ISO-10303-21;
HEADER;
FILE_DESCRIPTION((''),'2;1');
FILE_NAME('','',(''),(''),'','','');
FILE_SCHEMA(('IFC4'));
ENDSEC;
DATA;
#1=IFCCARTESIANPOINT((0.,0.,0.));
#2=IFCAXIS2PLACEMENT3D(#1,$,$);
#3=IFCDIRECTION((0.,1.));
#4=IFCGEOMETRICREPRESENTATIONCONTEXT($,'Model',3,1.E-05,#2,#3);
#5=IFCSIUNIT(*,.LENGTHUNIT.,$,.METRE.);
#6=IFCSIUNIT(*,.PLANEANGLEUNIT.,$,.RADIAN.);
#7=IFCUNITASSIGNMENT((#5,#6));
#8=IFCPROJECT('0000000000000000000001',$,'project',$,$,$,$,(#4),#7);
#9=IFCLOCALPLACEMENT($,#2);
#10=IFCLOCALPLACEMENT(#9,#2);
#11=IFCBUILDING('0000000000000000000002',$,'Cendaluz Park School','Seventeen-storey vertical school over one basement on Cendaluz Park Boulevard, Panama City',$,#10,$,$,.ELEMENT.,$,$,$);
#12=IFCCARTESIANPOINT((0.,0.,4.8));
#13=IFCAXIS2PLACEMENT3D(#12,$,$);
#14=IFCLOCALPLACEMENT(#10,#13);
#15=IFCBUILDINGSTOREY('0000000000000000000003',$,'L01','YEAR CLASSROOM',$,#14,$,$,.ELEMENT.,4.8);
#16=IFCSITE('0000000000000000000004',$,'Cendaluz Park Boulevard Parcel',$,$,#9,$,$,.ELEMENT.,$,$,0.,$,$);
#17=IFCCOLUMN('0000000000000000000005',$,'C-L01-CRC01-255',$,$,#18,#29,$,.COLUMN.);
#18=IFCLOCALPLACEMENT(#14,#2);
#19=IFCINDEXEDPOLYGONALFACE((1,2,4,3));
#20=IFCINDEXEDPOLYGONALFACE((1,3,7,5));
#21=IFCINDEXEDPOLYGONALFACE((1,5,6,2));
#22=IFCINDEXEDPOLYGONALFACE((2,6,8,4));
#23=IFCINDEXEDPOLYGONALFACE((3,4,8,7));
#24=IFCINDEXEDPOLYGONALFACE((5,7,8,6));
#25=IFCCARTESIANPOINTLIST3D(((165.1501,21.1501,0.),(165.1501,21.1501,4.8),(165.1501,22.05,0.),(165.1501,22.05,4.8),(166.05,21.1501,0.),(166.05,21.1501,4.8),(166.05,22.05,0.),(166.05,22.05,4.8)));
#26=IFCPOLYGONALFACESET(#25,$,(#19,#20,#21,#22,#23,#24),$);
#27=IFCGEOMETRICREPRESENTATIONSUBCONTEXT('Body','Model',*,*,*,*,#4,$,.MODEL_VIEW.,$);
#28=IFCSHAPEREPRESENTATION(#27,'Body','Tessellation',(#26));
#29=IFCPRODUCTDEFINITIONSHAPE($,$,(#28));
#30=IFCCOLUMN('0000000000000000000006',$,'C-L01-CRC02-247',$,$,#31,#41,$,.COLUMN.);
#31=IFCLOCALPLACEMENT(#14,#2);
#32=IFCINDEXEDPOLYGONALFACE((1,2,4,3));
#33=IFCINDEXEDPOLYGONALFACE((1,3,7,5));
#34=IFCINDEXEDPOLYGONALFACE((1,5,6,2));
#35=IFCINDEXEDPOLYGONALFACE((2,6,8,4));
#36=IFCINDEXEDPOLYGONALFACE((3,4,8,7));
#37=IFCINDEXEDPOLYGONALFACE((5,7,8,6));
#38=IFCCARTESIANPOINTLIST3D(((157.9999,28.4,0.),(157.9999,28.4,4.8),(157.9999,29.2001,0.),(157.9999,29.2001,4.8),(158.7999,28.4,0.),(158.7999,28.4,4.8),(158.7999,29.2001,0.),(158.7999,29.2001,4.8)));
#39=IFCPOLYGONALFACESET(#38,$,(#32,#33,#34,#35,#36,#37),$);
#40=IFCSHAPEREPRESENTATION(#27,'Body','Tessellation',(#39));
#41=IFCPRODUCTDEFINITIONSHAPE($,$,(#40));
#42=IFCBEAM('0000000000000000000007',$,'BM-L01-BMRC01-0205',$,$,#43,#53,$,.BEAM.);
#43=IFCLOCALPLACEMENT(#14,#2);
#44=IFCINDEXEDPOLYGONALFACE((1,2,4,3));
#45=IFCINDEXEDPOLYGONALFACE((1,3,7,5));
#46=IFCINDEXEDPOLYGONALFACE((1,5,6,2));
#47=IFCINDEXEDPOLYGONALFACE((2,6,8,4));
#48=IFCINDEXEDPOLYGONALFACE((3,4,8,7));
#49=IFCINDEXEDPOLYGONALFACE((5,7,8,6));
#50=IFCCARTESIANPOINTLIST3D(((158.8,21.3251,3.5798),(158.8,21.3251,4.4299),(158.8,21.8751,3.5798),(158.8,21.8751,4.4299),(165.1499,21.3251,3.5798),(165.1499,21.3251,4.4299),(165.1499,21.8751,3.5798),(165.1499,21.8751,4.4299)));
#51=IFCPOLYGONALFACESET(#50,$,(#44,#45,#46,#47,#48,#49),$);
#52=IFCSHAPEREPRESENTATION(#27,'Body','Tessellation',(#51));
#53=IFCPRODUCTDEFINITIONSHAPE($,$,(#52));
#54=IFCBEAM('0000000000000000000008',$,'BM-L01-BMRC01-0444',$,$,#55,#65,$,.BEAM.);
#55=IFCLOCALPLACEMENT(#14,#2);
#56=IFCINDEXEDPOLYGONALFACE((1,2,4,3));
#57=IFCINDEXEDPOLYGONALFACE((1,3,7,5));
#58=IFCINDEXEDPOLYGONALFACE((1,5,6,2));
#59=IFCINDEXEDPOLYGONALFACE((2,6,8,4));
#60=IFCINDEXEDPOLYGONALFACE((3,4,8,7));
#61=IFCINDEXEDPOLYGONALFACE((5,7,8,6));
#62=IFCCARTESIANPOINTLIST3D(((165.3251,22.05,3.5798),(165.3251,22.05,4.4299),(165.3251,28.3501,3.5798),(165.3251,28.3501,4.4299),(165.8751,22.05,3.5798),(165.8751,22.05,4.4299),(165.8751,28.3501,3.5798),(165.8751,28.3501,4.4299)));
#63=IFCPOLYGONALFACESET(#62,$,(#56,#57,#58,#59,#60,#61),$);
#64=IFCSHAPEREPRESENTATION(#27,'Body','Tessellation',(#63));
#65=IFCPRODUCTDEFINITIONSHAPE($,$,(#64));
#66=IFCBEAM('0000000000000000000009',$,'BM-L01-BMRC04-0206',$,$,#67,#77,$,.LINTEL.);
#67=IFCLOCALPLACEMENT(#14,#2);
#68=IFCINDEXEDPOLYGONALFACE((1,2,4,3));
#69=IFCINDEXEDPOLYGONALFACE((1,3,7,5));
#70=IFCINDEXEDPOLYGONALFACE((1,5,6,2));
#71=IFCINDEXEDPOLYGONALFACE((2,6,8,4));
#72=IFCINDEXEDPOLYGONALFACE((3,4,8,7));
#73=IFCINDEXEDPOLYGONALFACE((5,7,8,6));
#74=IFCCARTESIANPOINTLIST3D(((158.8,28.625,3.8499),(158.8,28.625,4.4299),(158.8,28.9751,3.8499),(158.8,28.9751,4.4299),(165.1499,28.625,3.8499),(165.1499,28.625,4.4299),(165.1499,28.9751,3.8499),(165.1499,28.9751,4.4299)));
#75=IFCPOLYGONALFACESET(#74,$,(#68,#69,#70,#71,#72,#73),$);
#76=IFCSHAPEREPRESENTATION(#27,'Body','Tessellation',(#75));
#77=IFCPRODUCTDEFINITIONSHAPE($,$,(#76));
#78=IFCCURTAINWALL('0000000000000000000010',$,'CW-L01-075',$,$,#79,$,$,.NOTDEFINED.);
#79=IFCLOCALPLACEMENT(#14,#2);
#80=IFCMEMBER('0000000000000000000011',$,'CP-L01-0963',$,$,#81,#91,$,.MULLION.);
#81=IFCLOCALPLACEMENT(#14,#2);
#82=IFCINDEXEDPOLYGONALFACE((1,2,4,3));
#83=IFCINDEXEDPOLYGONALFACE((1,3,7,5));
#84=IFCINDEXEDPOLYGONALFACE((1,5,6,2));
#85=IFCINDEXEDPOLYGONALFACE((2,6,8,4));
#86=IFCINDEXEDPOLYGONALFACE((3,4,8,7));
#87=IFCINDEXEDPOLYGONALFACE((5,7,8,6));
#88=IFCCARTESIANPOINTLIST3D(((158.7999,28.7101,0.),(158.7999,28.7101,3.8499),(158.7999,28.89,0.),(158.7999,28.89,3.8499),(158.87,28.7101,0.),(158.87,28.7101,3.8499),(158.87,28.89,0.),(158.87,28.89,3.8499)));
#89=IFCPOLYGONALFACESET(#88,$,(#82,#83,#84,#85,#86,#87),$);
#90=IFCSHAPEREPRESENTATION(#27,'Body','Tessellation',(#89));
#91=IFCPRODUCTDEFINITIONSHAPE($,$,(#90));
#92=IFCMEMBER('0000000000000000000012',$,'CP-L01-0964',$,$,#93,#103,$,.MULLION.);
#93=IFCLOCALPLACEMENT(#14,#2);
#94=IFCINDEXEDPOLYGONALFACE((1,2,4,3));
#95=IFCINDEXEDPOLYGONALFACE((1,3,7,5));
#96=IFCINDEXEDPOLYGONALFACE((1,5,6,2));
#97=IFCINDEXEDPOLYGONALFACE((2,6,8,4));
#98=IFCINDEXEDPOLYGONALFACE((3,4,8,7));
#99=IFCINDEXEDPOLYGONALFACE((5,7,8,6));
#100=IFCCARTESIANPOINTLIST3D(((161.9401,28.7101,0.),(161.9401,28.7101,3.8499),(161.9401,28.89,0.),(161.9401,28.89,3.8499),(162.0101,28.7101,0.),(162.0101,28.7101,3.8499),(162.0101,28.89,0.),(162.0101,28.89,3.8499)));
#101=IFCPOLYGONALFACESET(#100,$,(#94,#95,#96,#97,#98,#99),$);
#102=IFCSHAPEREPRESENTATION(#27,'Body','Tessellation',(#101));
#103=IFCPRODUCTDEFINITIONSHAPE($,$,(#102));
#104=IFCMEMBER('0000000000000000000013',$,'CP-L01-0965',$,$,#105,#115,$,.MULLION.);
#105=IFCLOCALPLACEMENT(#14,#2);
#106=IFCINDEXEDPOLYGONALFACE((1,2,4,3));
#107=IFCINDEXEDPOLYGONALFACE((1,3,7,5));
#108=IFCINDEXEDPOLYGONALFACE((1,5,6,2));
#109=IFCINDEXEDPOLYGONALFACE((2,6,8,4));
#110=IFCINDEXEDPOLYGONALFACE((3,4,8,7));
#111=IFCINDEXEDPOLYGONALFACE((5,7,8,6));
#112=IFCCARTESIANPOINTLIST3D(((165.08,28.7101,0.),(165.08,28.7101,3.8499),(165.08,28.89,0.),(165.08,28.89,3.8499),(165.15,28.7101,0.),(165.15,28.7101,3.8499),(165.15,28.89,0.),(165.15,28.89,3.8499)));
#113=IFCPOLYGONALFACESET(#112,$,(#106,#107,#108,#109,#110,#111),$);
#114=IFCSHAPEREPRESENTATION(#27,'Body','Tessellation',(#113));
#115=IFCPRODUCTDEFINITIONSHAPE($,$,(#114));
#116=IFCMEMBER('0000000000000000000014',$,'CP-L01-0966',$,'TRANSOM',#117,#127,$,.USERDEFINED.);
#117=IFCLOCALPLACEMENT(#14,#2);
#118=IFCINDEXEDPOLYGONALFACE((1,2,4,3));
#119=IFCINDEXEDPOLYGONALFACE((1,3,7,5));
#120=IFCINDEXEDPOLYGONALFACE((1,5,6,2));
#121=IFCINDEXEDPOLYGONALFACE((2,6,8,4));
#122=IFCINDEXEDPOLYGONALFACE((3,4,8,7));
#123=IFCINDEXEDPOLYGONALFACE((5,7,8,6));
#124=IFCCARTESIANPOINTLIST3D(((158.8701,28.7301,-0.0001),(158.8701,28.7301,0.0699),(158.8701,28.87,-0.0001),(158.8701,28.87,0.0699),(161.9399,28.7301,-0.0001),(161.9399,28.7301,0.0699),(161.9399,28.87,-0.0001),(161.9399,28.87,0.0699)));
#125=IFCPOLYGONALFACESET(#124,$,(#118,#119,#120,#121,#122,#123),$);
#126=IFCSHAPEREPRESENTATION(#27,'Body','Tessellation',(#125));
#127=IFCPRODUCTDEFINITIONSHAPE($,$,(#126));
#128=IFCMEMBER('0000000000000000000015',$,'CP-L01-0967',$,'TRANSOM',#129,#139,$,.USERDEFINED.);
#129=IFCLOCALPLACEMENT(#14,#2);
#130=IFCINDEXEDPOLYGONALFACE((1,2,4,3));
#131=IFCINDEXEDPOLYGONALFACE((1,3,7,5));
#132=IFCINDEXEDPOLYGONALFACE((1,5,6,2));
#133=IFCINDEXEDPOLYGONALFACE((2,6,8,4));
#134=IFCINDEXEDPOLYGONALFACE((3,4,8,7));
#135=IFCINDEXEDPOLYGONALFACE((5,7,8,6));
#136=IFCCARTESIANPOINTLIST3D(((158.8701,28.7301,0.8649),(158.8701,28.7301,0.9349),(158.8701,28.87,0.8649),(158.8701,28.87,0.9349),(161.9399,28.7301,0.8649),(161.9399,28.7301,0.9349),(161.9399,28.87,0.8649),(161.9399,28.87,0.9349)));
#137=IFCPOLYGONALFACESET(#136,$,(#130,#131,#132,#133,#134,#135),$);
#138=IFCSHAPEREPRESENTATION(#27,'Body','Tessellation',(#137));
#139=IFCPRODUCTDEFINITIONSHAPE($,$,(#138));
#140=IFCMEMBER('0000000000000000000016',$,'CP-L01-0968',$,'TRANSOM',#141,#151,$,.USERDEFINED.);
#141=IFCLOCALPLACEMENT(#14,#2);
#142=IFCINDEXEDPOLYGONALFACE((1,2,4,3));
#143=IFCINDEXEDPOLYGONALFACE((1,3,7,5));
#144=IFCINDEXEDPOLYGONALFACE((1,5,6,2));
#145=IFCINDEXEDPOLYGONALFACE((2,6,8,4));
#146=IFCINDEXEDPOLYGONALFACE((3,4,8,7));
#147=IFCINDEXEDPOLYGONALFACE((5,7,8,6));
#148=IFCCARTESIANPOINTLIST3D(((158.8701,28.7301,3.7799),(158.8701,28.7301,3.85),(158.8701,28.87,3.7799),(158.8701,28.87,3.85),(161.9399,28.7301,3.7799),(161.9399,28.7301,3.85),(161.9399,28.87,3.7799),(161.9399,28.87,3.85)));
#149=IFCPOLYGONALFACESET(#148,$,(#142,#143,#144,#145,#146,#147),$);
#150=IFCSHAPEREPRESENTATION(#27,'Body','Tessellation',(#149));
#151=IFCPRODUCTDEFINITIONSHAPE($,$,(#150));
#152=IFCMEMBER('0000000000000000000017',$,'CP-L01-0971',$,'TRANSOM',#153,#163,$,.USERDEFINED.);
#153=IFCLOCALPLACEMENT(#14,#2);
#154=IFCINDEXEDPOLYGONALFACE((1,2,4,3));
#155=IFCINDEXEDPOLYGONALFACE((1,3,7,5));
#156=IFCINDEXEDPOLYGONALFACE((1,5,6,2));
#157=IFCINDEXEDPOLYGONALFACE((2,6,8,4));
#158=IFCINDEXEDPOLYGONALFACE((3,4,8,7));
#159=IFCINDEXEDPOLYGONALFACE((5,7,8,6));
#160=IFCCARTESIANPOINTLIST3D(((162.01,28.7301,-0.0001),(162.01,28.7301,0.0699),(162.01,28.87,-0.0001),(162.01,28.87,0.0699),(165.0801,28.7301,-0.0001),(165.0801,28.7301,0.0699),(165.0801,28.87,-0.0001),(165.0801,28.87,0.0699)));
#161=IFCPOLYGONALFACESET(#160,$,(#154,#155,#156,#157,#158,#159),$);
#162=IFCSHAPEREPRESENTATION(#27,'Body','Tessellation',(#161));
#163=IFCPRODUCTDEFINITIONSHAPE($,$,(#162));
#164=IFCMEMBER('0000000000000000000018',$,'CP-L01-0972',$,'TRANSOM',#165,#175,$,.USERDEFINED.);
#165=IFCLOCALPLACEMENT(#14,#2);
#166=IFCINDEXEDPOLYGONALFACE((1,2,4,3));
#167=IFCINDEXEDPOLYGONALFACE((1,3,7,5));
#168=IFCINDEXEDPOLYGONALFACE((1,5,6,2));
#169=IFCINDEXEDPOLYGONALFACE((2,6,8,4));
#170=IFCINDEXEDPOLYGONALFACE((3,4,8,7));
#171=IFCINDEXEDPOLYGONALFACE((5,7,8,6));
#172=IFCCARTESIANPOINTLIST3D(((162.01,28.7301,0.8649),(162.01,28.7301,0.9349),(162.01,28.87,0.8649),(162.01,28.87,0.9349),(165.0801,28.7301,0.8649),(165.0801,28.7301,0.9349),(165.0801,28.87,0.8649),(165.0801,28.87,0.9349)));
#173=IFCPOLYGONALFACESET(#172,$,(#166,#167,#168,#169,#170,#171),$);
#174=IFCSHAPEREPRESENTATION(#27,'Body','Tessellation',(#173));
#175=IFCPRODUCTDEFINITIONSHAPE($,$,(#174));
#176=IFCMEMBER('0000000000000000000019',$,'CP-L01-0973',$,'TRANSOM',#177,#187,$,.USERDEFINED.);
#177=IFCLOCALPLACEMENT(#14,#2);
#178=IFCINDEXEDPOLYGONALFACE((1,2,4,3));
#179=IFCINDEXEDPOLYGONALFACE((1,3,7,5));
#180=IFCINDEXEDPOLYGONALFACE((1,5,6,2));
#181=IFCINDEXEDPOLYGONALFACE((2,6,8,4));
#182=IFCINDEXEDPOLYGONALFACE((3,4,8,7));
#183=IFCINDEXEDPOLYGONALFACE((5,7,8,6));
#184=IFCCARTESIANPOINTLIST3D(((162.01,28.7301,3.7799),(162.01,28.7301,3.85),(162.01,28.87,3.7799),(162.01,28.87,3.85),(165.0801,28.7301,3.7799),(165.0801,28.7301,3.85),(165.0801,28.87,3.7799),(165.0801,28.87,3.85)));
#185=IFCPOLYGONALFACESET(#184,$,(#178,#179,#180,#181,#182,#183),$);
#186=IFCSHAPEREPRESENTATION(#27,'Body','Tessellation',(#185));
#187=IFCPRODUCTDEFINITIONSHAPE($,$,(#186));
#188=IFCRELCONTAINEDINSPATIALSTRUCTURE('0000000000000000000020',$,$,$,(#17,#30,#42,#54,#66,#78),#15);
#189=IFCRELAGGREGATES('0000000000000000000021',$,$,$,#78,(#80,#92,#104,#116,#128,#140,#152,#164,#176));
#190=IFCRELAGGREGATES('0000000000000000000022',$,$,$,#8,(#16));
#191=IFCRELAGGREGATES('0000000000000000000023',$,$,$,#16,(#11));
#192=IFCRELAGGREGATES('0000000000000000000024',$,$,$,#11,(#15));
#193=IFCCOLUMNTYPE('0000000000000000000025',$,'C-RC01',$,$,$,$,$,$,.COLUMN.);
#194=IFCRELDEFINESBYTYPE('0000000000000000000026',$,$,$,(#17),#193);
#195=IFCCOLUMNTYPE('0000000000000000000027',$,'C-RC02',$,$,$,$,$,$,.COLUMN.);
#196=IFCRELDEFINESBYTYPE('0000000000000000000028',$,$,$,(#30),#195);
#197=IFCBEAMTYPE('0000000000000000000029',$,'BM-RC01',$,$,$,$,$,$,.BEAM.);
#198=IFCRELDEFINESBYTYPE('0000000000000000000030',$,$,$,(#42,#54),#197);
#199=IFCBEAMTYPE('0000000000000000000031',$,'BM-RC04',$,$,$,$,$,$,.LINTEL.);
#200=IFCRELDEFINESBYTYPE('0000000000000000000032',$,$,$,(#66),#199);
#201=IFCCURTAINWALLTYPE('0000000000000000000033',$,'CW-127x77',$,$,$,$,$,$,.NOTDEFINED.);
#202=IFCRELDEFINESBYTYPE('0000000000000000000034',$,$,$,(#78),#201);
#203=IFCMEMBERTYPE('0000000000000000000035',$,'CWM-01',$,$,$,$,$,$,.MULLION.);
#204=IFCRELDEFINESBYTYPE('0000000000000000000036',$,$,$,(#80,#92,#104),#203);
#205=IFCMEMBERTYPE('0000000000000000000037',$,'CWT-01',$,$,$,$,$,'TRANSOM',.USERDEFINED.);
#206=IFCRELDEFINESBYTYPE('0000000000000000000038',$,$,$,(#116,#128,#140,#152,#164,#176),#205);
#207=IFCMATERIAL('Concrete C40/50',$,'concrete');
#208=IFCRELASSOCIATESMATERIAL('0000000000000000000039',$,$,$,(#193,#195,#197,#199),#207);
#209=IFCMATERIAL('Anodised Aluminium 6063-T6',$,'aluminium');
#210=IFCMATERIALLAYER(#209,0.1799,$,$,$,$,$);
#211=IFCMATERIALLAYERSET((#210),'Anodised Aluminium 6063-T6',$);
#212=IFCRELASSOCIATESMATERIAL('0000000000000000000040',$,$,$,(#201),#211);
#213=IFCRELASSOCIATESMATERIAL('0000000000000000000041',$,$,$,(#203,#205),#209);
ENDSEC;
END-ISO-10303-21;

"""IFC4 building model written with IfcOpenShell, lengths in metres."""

from ifc_helpers import new_model, si_unit, direction, frame, origin, origin_2d, place, context, subcontext, project, spatial, rectangle, extrude, material, layer, layer_set, material_profile, profile_set, type_object, element, aggregate, save


model = new_model("IFC4")

# Units and contexts
model_context = context("Model", 3, precision=1e-05, world=origin(), true_north=direction((0.0, 1.0)))
body_context = subcontext(model_context, "Body", "Model", "MODEL_VIEW")
ifc_project = project(units=[si_unit("LENGTHUNIT", "METRE"), si_unit("PLANEANGLEUNIT", "RADIAN")], contexts=[model_context])

# Site, building, storey
site_placement = place(None, origin())
site = spatial("IfcSite", under=ifc_project, at=site_placement, Name="Cendaluz Park Boulevard Parcel", CompositionType="ELEMENT", RefElevation=0.0)
building_placement = place(site_placement, origin())
building = spatial("IfcBuilding", under=site, at=building_placement, Name="Cendaluz Park School", Description="Seventeen-storey vertical school over one basement on Cendaluz Park Boulevard, Panama City", CompositionType="ELEMENT")
storey_placement = place(building_placement, frame((0.0, 0.0, 4.8)))
storey = spatial("IfcBuildingStorey", under=building, at=storey_placement, Name="L01", Description="YEAR CLASSROOM", CompositionType="ELEMENT", Elevation=4.8)

# Columns
ifc_material_1 = material(Name="Concrete C40/50", Category="concrete")
ifc_material_profile_1 = material_profile(ifc_material_1, rectangle(XDim=0.8999, YDim=0.8999, at=origin_2d()), Name="RC 900x900", Category="concrete")
ifc_profile_set_1 = profile_set([ifc_material_profile_1], Name="Concrete C40/50")
column_type_1 = type_object("IfcColumnType", Name="C-RC01", PredefinedType="COLUMN", material=ifc_profile_set_1)
column_1_placement = place(storey_placement, frame((165.6001, 21.6001, 0.0), z_axis=(0.0, 0.0, 1.0), x_axis=(1.0, 0.0, 0.0)))
element("IfcColumn", 1, at=column_1_placement, inside=storey, type_object=column_type_1, Name="C-L01-CRC01-255", PredefinedType="COLUMN", context=body_context, shape_type="SweptSolid", body=[
    extrude(rectangle(XDim=0.8999, YDim=0.8999, at=origin_2d()), origin(), (0.0, 0.0, 1.0), 4.8),
])
ifc_material_profile_2 = material_profile(ifc_material_1, rectangle(XDim=0.8, YDim=0.8, at=origin_2d()), Name="RC 800x800", Category="concrete")
ifc_profile_set_2 = profile_set([ifc_material_profile_2], Name="Concrete C40/50")
column_type_2 = type_object("IfcColumnType", Name="C-RC02", PredefinedType="COLUMN", material=ifc_profile_set_2)
column_2_placement = place(storey_placement, frame((158.3999, 28.8, 0.0), z_axis=(0.0, 0.0, 1.0), x_axis=(1.0, 0.0, 0.0)))
element("IfcColumn", 2, at=column_2_placement, inside=storey, type_object=column_type_2, Name="C-L01-CRC02-247", PredefinedType="COLUMN", context=body_context, shape_type="SweptSolid", body=[
    extrude(rectangle(XDim=0.8, YDim=0.8, at=origin_2d()), origin(), (0.0, 0.0, 1.0), 4.8),
])

# Beams
ifc_material_profile_3 = material_profile(ifc_material_1, rectangle(XDim=0.55, YDim=0.8501, at=origin_2d()), Name="RC 550x850", Category="concrete")
ifc_profile_set_3 = profile_set([ifc_material_profile_3], Name="Concrete C40/50")
beam_type_1 = type_object("IfcBeamType", Name="BM-RC01", PredefinedType="BEAM", material=ifc_profile_set_3)
beam_1_placement = place(storey_placement, frame((158.8, 21.6001, 4.0049), z_axis=(1.0, 0.0, 0.0), x_axis=(0.0, 1.0, 0.0)))
element("IfcBeam", 3, at=beam_1_placement, inside=storey, type_object=beam_type_1, Name="BM-L01-BMRC01-0205", PredefinedType="BEAM", context=body_context, shape_type="SweptSolid", body=[
    extrude(rectangle(XDim=0.55, YDim=0.8501, at=origin_2d()), origin(), (0.0, 0.0, 1.0), 6.3499),
])
beam_2_placement = place(storey_placement, frame((165.6001, 22.05, 4.0049), z_axis=(0.0, 1.0, 0.0), x_axis=(-1.0, 0.0, 0.0)))
element("IfcBeam", 4, at=beam_2_placement, inside=storey, type_object=beam_type_1, Name="BM-L01-BMRC01-0444", PredefinedType="BEAM", context=body_context, shape_type="SweptSolid", body=[
    extrude(rectangle(XDim=0.55, YDim=0.8501, at=origin_2d()), origin(), (0.0, 0.0, 1.0), 6.3),
])
ifc_material_profile_4 = material_profile(ifc_material_1, rectangle(XDim=0.3501, YDim=0.5801, at=origin_2d()), Name="RC 350x580", Category="concrete")
ifc_profile_set_4 = profile_set([ifc_material_profile_4], Name="Concrete C40/50")
beam_type_2 = type_object("IfcBeamType", Name="BM-RC04", PredefinedType="LINTEL", material=ifc_profile_set_4)
beam_3_placement = place(storey_placement, frame((158.8, 28.8, 4.1399), z_axis=(1.0, 0.0, 0.0), x_axis=(0.0, 1.0, 0.0)))
element("IfcBeam", 5, at=beam_3_placement, inside=storey, type_object=beam_type_2, Name="BM-L01-BMRC04-0206", PredefinedType="LINTEL", context=body_context, shape_type="SweptSolid", body=[
    extrude(rectangle(XDim=0.3501, YDim=0.5801, at=origin_2d()), origin(), (0.0, 0.0, 1.0), 6.3499),
])

# Curtain wall, members
ifc_material_2 = material(Name="Anodised Aluminium 6063-T6", Category="aluminium")
ifc_layer_1 = layer(ifc_material_2, 0.1799)
ifc_layer_set_1 = layer_set([ifc_layer_1], Name="Anodised Aluminium 6063-T6")
curtain_wall_type = type_object("IfcCurtainWallType", Name="CW-127x77", PredefinedType="NOTDEFINED", material=ifc_layer_set_1)
curtain_wall_placement = place(storey_placement, origin())
curtain_wall = element("IfcCurtainWall", 6, at=curtain_wall_placement, inside=storey, type_object=curtain_wall_type, Name="CW-L01-075", PredefinedType="NOTDEFINED")
ifc_material_profile_5 = material_profile(ifc_material_2, rectangle(XDim=0.1799, YDim=0.0701, at=origin_2d()), Name="CWM 180x70", Category="aluminium")
ifc_profile_set_5 = profile_set([ifc_material_profile_5], Name="Anodised Aluminium 6063-T6")
member_type_1 = type_object("IfcMemberType", Name="CWM-01", PredefinedType="MULLION", material=ifc_profile_set_5)
member_1_placement = place(storey_placement, frame((158.835, 28.8, 0.0), z_axis=(0.0, 0.0, 1.0), x_axis=(0.0, 1.0, 0.0)))
member_1 = element("IfcMember", 7, at=member_1_placement, type_object=member_type_1, Name="CP-L01-0963", PredefinedType="MULLION", context=body_context, shape_type="SweptSolid", body=[
    extrude(rectangle(XDim=0.1799, YDim=0.0701, at=origin_2d()), origin(), (0.0, 0.0, 1.0), 3.8499),
])
member_2_placement = place(storey_placement, frame((161.9751, 28.8, 0.0), z_axis=(0.0, 0.0, 1.0), x_axis=(0.0, 1.0, 0.0)))
member_2 = element("IfcMember", 8, at=member_2_placement, type_object=member_type_1, Name="CP-L01-0964", PredefinedType="MULLION", context=body_context, shape_type="SweptSolid", body=[
    extrude(rectangle(XDim=0.1799, YDim=0.0701, at=origin_2d()), origin(), (0.0, 0.0, 1.0), 3.8499),
])
member_3_placement = place(storey_placement, frame((165.115, 28.8, 0.0), z_axis=(0.0, 0.0, 1.0), x_axis=(0.0, 1.0, 0.0)))
member_3 = element("IfcMember", 9, at=member_3_placement, type_object=member_type_1, Name="CP-L01-0965", PredefinedType="MULLION", context=body_context, shape_type="SweptSolid", body=[
    extrude(rectangle(XDim=0.1799, YDim=0.0701, at=origin_2d()), origin(), (0.0, 0.0, 1.0), 3.8499),
])
ifc_material_profile_6 = material_profile(ifc_material_2, rectangle(XDim=0.1399, YDim=0.0701, at=origin_2d()), Name="CWT 140x70", Category="aluminium")
ifc_profile_set_6 = profile_set([ifc_material_profile_6], Name="Anodised Aluminium 6063-T6")
member_type_2 = type_object("IfcMemberType", Name="CWT-01", ElementType="TRANSOM", PredefinedType="USERDEFINED", material=ifc_profile_set_6)
member_4_placement = place(storey_placement, frame((158.8701, 28.8, 0.0349), z_axis=(1.0, 0.0, 0.0), x_axis=(0.0, 1.0, 0.0)))
member_4 = element("IfcMember", 10, at=member_4_placement, type_object=member_type_2, Name="CP-L01-0966", ObjectType="TRANSOM", PredefinedType="USERDEFINED", context=body_context, shape_type="SweptSolid", body=[
    extrude(rectangle(XDim=0.1399, YDim=0.0701, at=origin_2d()), origin(), (0.0, 0.0, 1.0), 3.0698),
])
member_5_placement = place(storey_placement, frame((158.8701, 28.8, 0.8999), z_axis=(1.0, 0.0, 0.0), x_axis=(0.0, 1.0, 0.0)))
member_5 = element("IfcMember", 11, at=member_5_placement, type_object=member_type_2, Name="CP-L01-0967", ObjectType="TRANSOM", PredefinedType="USERDEFINED", context=body_context, shape_type="SweptSolid", body=[
    extrude(rectangle(XDim=0.1399, YDim=0.0701, at=origin_2d()), origin(), (0.0, 0.0, 1.0), 3.0698),
])
member_6_placement = place(storey_placement, frame((158.8701, 28.8, 3.8149), z_axis=(1.0, 0.0, 0.0), x_axis=(0.0, 1.0, 0.0)))
member_6 = element("IfcMember", 12, at=member_6_placement, type_object=member_type_2, Name="CP-L01-0968", ObjectType="TRANSOM", PredefinedType="USERDEFINED", context=body_context, shape_type="SweptSolid", body=[
    extrude(rectangle(XDim=0.1399, YDim=0.0701, at=origin_2d()), origin(), (0.0, 0.0, 1.0), 3.0698),
])
member_7_placement = place(storey_placement, frame((162.01, 28.8, 0.0349), z_axis=(1.0, 0.0, 0.0), x_axis=(0.0, 1.0, 0.0)))
member_7 = element("IfcMember", 13, at=member_7_placement, type_object=member_type_2, Name="CP-L01-0971", ObjectType="TRANSOM", PredefinedType="USERDEFINED", context=body_context, shape_type="SweptSolid", body=[
    extrude(rectangle(XDim=0.1399, YDim=0.0701, at=origin_2d()), origin(), (0.0, 0.0, 1.0), 3.0701),
])
member_8_placement = place(storey_placement, frame((162.01, 28.8, 0.8999), z_axis=(1.0, 0.0, 0.0), x_axis=(0.0, 1.0, 0.0)))
member_8 = element("IfcMember", 14, at=member_8_placement, type_object=member_type_2, Name="CP-L01-0972", ObjectType="TRANSOM", PredefinedType="USERDEFINED", context=body_context, shape_type="SweptSolid", body=[
    extrude(rectangle(XDim=0.1399, YDim=0.0701, at=origin_2d()), origin(), (0.0, 0.0, 1.0), 3.0701),
])
member_9_placement = place(storey_placement, frame((162.01, 28.8, 3.8149), z_axis=(1.0, 0.0, 0.0), x_axis=(0.0, 1.0, 0.0)))
member_9 = element("IfcMember", 15, at=member_9_placement, type_object=member_type_2, Name="CP-L01-0973", ObjectType="TRANSOM", PredefinedType="USERDEFINED", context=body_context, shape_type="SweptSolid", body=[
    extrude(rectangle(XDim=0.1399, YDim=0.0701, at=origin_2d()), origin(), (0.0, 0.0, 1.0), 3.0701),
])

aggregate(curtain_wall, [member_1, member_2, member_3, member_4, member_5, member_6, member_7, member_8, member_9])

save(model, "model.ifc")
